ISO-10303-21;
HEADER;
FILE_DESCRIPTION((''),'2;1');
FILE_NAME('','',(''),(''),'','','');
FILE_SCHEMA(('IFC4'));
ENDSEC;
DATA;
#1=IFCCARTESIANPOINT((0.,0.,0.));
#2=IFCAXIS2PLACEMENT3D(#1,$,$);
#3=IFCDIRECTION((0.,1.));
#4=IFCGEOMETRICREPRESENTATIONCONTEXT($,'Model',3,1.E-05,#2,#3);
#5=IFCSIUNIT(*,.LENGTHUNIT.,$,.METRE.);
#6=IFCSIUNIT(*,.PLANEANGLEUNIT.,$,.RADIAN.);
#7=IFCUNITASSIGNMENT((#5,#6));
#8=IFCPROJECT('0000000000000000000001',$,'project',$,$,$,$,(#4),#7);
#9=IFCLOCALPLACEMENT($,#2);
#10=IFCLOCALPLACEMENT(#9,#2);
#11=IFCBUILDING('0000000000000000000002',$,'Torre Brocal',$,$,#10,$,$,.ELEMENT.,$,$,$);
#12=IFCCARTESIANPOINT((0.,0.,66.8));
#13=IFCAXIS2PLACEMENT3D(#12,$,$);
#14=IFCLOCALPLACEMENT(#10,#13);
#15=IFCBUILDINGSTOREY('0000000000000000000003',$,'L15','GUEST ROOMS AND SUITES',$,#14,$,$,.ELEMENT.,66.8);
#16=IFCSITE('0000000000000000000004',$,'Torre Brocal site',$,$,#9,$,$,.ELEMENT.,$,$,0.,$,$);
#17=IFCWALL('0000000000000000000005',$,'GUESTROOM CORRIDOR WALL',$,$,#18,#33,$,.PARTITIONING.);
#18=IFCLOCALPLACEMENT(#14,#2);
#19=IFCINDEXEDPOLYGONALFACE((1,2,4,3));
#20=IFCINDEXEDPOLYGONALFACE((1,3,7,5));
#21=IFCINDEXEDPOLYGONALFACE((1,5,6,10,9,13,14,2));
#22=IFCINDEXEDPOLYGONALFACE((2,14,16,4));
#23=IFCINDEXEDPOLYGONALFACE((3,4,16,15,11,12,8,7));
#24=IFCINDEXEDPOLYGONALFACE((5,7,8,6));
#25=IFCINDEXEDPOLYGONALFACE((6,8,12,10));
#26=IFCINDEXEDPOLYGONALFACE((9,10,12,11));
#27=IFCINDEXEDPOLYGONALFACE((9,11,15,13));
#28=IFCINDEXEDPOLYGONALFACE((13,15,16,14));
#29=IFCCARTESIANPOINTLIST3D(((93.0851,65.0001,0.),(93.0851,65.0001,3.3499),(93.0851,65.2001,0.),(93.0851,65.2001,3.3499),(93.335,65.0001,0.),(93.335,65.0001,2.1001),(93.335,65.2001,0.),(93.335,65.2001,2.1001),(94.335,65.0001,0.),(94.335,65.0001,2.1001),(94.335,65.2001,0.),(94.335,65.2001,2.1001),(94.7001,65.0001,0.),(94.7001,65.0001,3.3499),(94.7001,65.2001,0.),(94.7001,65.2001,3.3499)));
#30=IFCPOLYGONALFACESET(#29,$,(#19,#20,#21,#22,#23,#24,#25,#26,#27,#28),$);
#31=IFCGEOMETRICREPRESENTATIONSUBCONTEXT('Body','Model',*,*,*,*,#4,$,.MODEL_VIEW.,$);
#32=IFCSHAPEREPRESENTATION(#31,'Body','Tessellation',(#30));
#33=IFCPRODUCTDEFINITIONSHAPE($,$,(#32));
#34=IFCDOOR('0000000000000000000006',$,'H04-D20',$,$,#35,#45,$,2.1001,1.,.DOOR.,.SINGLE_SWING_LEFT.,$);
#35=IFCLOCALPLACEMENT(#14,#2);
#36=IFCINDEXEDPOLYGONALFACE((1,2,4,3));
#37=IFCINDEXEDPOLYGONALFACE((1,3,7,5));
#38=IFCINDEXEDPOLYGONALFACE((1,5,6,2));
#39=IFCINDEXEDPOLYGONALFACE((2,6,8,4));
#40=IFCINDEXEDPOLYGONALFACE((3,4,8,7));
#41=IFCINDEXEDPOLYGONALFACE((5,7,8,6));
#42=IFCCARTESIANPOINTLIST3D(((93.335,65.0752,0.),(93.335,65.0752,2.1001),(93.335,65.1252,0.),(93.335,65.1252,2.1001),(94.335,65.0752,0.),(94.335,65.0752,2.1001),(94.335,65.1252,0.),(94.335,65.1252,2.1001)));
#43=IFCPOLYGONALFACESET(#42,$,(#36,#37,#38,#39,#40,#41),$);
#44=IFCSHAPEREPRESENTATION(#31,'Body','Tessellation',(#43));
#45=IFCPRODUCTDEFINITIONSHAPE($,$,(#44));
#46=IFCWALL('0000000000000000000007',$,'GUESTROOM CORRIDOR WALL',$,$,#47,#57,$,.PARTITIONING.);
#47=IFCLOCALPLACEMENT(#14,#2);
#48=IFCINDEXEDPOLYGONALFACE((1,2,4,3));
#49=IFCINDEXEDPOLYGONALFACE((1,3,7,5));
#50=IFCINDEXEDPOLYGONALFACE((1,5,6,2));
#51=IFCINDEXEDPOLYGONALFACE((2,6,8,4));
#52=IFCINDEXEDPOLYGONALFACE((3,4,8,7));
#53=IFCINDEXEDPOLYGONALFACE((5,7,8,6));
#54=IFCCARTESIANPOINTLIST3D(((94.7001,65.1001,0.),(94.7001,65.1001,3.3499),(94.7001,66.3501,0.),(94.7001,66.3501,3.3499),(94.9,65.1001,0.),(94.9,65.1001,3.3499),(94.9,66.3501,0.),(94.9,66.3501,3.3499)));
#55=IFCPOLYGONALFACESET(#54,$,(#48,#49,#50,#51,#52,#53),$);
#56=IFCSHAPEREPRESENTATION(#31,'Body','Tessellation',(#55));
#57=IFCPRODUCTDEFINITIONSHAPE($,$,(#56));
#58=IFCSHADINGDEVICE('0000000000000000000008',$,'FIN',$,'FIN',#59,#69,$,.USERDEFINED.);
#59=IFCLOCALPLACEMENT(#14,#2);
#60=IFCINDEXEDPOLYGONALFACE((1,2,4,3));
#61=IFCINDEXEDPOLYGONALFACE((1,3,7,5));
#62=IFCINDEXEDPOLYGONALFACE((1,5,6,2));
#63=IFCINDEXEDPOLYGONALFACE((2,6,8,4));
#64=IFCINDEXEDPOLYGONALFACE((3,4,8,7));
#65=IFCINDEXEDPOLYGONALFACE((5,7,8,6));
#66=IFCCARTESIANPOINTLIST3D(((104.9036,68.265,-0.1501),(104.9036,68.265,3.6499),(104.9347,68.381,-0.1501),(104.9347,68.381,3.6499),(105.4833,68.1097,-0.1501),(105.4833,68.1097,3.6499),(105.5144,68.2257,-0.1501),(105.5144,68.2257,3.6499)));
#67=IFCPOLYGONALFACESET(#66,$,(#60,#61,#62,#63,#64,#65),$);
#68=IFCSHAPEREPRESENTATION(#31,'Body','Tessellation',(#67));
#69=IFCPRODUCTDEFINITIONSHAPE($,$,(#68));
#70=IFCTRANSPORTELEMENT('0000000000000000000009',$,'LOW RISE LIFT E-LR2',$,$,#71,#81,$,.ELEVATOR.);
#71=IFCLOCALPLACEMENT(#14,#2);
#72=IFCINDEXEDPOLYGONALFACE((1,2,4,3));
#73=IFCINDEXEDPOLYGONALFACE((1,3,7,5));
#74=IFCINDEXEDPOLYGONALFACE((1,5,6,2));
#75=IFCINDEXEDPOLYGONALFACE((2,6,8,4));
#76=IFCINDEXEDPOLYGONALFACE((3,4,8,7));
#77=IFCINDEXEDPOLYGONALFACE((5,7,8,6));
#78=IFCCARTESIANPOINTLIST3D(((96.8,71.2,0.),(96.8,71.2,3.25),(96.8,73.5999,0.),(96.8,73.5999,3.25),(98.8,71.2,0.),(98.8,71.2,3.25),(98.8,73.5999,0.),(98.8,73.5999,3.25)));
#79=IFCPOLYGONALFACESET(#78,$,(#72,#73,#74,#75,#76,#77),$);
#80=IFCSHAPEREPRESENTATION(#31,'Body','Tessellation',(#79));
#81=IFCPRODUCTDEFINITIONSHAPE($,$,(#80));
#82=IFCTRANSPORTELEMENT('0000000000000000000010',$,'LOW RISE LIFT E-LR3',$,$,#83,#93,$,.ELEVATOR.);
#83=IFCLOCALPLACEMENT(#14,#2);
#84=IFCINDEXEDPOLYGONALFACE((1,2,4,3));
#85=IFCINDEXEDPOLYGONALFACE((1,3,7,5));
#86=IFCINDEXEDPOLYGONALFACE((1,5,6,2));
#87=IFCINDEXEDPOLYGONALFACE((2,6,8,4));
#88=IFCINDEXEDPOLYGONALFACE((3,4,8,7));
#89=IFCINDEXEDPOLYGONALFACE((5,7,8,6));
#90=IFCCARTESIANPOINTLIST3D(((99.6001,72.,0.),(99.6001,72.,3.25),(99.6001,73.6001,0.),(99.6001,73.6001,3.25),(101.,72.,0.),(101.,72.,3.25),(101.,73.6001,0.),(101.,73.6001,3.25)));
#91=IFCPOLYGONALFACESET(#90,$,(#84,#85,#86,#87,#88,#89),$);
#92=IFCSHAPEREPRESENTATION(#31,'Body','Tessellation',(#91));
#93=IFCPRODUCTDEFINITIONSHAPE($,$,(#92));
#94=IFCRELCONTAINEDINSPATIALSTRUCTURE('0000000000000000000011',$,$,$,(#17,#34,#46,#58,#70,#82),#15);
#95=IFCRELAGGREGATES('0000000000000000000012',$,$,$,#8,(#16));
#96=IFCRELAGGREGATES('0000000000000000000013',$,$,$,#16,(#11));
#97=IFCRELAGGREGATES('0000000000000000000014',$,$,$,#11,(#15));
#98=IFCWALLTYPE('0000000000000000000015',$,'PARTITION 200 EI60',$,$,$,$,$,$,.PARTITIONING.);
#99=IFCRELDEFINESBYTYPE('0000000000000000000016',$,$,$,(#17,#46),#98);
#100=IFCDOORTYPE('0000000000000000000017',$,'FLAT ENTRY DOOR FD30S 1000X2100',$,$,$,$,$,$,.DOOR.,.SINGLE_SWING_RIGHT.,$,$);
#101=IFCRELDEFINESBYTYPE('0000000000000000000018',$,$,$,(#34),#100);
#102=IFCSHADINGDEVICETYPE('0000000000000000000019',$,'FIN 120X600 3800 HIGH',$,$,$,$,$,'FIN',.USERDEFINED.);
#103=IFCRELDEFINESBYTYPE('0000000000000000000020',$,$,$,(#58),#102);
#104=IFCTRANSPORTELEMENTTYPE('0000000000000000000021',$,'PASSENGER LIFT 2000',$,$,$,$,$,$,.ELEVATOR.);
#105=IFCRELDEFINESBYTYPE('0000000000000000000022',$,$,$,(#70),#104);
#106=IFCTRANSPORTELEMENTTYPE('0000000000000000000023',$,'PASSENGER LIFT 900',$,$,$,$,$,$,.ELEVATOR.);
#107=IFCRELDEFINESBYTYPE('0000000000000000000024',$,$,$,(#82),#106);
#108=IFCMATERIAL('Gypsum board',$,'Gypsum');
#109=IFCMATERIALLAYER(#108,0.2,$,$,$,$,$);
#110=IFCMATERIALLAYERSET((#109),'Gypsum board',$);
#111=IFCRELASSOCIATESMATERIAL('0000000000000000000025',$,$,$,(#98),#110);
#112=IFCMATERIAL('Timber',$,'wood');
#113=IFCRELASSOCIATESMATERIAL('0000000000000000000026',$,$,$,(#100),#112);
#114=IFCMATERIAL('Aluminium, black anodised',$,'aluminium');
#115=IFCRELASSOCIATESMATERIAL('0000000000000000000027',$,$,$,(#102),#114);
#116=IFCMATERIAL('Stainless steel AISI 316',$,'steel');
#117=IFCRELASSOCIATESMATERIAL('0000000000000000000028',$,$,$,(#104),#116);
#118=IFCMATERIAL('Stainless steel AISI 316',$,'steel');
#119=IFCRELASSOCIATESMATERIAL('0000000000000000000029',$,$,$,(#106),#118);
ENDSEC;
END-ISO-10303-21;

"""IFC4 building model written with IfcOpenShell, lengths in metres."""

from ifc_helpers import new_model, si_unit, direction, frame, frame_2d, origin, origin_2d, place, context, subcontext, project, spatial, rectangle, extrude, material, layer, layer_set, material_profile, profile_set, type_object, element, fill, save


model = new_model("IFC4")

# Units and contexts
model_context = context("Model", 3, precision=1e-05, world=origin(), true_north=direction((0.0, 1.0)))
body_context = subcontext(model_context, "Body", "Model", "MODEL_VIEW")
ifc_project = project(units=[si_unit("LENGTHUNIT", "METRE"), si_unit("PLANEANGLEUNIT", "RADIAN")], contexts=[model_context])

# Site, building, storey
site_placement = place(None, origin())
site = spatial("IfcSite", under=ifc_project, at=site_placement, Name="Torre Brocal site", CompositionType="ELEMENT", RefElevation=0.0)
building_placement = place(site_placement, origin())
building = spatial("IfcBuilding", under=site, at=building_placement, Name="Torre Brocal", CompositionType="ELEMENT")
storey_placement = place(building_placement, frame((0.0, 0.0, 66.8)))
storey = spatial("IfcBuildingStorey", under=building, at=storey_placement, Name="L15", Description="GUEST ROOMS AND SUITES", CompositionType="ELEMENT", Elevation=66.8)

# Wall, opening, door
ifc_material_1 = material(Name="Gypsum board", Category="Gypsum")
ifc_layer_1 = layer(ifc_material_1, 0.2)
ifc_layer_set_1 = layer_set([ifc_layer_1], Name="Gypsum board")
wall_type_1 = type_object("IfcWallType", Name="PARTITION 200 EI60", PredefinedType="PARTITIONING", material=ifc_layer_set_1)
wall_1_placement = place(storey_placement, frame((93.085, 65.1001, 0.0), z_axis=(0.0, 0.0, 1.0), x_axis=(1.0, 0.0, 0.0)))
wall_1 = element("IfcWall", 1, at=wall_1_placement, inside=storey, type_object=wall_type_1, Name="GUESTROOM CORRIDOR WALL", PredefinedType="PARTITIONING", context=body_context, shape_type="SweptSolid", body=[
    extrude(rectangle(XDim=1.615, YDim=0.2, at=frame_2d((0.8076, 0.0))), origin(), (0.0, 0.0, 1.0), 3.3499),
])
opening_1_placement = place(wall_1_placement, frame((0.25, 0.0, 0.0)))
opening_1 = element("IfcOpeningElement", 2, at=opening_1_placement, cuts=wall_1, PredefinedType="OPENING", context=body_context, shape_type="SweptSolid", body=[
    extrude(rectangle(XDim=1.0, YDim=2.1001, at=frame_2d((0.5, 1.05))), frame((0.0, 0.1099, 0.0), z_axis=(0.0, -1.0, 0.0), x_axis=(1.0, 0.0, 0.0)), (0.0, 0.0, 1.0), 0.22),
])
ifc_material_2 = material(Name="Timber", Category="wood")
door_type_1 = type_object("IfcDoorType", Name="FLAT ENTRY DOOR FD30S 1000X2100", OperationType="SINGLE_SWING_RIGHT", PredefinedType="DOOR", material=ifc_material_2)
door_1_placement = place(opening_1_placement, frame((1.0, 0.0, 0.0), z_axis=(0.0, 0.0, 1.0), x_axis=(-1.0, 0.0, 0.0)))
door_1 = element("IfcDoor", 3, at=door_1_placement, inside=storey, type_object=door_type_1, Name="H04-D20", OperationType="SINGLE_SWING_LEFT", OverallHeight=2.1001, OverallWidth=1.0, PredefinedType="DOOR", context=body_context, shape_type="SweptSolid", body=[
    extrude(rectangle(XDim=1.0, YDim=2.1001, at=frame_2d((0.5, 1.05))), frame((0.0, 0.0249, 0.0), z_axis=(0.0, -1.0, 0.0), x_axis=(1.0, 0.0, 0.0)), (0.0, 0.0, 1.0), 0.05),
])
fill(opening_1, door_1)

# Wall
wall_2_placement = place(storey_placement, frame((94.8, 65.1001, 0.0), z_axis=(0.0, 0.0, 1.0), x_axis=(0.0, 1.0, 0.0)))
element("IfcWall", 4, at=wall_2_placement, inside=storey, type_object=wall_type_1, Name="GUESTROOM CORRIDOR WALL", PredefinedType="PARTITIONING", context=body_context, shape_type="SweptSolid", body=[
    extrude(rectangle(XDim=1.25, YDim=0.2, at=frame_2d((0.625, 0.0))), origin(), (0.0, 0.0, 1.0), 3.3499),
])

# Shading device
ifc_material_3 = material(Name="Aluminium, black anodised", Category="aluminium")
ifc_material_profile_1 = material_profile(ifc_material_3, rectangle(XDim=0.1201, YDim=0.6001, at=origin_2d()), Name="FIN 120X600 3800 HIGH")
ifc_profile_set_1 = profile_set([ifc_material_profile_1], Name="Aluminium, black anodised")
shading_device_type = type_object("IfcShadingDeviceType", Name="FIN 120X600 3800 HIGH", ElementType="FIN", PredefinedType="USERDEFINED", material=ifc_profile_set_1)
shading_device_placement = place(storey_placement, frame((105.209, 68.2454, -0.1501), z_axis=(0.0, 0.0, 1.0), x_axis=(0.258819, 0.965926, 0.0)))
element("IfcShadingDevice", 5, at=shading_device_placement, inside=storey, type_object=shading_device_type, Name="FIN", ObjectType="FIN", PredefinedType="USERDEFINED", context=body_context, shape_type="SweptSolid", body=[
    extrude(rectangle(XDim=0.1201, YDim=0.6001, at=origin_2d()), origin(), (0.0, 0.0, 1.0), 3.8),
])

# Transport elements
ifc_material_4 = material(Name="Stainless steel AISI 316", Category="steel")
transport_element_type_1 = type_object("IfcTransportElementType", Name="PASSENGER LIFT 2000", PredefinedType="ELEVATOR", material=ifc_material_4)
transport_element_1_placement = place(storey_placement, frame((97.8, 72.3999, 0.0), z_axis=(0.0, 0.0, 1.0), x_axis=(1.0, 0.0, 0.0)))
element("IfcTransportElement", 6, at=transport_element_1_placement, inside=storey, type_object=transport_element_type_1, Name="LOW RISE LIFT E-LR2", PredefinedType="ELEVATOR", context=body_context, shape_type="SweptSolid", body=[
    extrude(rectangle(XDim=2.0, YDim=2.3999, at=origin_2d()), origin(), (0.0, 0.0, 1.0), 3.25),
])
ifc_material_5 = material(Name="Stainless steel AISI 316", Category="steel")
transport_element_type_2 = type_object("IfcTransportElementType", Name="PASSENGER LIFT 900", PredefinedType="ELEVATOR", material=ifc_material_5)
transport_element_2_placement = place(storey_placement, frame((100.3, 72.8, 0.0), z_axis=(0.0, 0.0, 1.0), x_axis=(1.0, 0.0, 0.0)))
element("IfcTransportElement", 7, at=transport_element_2_placement, inside=storey, type_object=transport_element_type_2, Name="LOW RISE LIFT E-LR3", PredefinedType="ELEVATOR", context=body_context, shape_type="SweptSolid", body=[
    extrude(rectangle(XDim=1.3999, YDim=1.6001, at=origin_2d()), origin(), (0.0, 0.0, 1.0), 3.25),
])

save(model, "model.ifc")
